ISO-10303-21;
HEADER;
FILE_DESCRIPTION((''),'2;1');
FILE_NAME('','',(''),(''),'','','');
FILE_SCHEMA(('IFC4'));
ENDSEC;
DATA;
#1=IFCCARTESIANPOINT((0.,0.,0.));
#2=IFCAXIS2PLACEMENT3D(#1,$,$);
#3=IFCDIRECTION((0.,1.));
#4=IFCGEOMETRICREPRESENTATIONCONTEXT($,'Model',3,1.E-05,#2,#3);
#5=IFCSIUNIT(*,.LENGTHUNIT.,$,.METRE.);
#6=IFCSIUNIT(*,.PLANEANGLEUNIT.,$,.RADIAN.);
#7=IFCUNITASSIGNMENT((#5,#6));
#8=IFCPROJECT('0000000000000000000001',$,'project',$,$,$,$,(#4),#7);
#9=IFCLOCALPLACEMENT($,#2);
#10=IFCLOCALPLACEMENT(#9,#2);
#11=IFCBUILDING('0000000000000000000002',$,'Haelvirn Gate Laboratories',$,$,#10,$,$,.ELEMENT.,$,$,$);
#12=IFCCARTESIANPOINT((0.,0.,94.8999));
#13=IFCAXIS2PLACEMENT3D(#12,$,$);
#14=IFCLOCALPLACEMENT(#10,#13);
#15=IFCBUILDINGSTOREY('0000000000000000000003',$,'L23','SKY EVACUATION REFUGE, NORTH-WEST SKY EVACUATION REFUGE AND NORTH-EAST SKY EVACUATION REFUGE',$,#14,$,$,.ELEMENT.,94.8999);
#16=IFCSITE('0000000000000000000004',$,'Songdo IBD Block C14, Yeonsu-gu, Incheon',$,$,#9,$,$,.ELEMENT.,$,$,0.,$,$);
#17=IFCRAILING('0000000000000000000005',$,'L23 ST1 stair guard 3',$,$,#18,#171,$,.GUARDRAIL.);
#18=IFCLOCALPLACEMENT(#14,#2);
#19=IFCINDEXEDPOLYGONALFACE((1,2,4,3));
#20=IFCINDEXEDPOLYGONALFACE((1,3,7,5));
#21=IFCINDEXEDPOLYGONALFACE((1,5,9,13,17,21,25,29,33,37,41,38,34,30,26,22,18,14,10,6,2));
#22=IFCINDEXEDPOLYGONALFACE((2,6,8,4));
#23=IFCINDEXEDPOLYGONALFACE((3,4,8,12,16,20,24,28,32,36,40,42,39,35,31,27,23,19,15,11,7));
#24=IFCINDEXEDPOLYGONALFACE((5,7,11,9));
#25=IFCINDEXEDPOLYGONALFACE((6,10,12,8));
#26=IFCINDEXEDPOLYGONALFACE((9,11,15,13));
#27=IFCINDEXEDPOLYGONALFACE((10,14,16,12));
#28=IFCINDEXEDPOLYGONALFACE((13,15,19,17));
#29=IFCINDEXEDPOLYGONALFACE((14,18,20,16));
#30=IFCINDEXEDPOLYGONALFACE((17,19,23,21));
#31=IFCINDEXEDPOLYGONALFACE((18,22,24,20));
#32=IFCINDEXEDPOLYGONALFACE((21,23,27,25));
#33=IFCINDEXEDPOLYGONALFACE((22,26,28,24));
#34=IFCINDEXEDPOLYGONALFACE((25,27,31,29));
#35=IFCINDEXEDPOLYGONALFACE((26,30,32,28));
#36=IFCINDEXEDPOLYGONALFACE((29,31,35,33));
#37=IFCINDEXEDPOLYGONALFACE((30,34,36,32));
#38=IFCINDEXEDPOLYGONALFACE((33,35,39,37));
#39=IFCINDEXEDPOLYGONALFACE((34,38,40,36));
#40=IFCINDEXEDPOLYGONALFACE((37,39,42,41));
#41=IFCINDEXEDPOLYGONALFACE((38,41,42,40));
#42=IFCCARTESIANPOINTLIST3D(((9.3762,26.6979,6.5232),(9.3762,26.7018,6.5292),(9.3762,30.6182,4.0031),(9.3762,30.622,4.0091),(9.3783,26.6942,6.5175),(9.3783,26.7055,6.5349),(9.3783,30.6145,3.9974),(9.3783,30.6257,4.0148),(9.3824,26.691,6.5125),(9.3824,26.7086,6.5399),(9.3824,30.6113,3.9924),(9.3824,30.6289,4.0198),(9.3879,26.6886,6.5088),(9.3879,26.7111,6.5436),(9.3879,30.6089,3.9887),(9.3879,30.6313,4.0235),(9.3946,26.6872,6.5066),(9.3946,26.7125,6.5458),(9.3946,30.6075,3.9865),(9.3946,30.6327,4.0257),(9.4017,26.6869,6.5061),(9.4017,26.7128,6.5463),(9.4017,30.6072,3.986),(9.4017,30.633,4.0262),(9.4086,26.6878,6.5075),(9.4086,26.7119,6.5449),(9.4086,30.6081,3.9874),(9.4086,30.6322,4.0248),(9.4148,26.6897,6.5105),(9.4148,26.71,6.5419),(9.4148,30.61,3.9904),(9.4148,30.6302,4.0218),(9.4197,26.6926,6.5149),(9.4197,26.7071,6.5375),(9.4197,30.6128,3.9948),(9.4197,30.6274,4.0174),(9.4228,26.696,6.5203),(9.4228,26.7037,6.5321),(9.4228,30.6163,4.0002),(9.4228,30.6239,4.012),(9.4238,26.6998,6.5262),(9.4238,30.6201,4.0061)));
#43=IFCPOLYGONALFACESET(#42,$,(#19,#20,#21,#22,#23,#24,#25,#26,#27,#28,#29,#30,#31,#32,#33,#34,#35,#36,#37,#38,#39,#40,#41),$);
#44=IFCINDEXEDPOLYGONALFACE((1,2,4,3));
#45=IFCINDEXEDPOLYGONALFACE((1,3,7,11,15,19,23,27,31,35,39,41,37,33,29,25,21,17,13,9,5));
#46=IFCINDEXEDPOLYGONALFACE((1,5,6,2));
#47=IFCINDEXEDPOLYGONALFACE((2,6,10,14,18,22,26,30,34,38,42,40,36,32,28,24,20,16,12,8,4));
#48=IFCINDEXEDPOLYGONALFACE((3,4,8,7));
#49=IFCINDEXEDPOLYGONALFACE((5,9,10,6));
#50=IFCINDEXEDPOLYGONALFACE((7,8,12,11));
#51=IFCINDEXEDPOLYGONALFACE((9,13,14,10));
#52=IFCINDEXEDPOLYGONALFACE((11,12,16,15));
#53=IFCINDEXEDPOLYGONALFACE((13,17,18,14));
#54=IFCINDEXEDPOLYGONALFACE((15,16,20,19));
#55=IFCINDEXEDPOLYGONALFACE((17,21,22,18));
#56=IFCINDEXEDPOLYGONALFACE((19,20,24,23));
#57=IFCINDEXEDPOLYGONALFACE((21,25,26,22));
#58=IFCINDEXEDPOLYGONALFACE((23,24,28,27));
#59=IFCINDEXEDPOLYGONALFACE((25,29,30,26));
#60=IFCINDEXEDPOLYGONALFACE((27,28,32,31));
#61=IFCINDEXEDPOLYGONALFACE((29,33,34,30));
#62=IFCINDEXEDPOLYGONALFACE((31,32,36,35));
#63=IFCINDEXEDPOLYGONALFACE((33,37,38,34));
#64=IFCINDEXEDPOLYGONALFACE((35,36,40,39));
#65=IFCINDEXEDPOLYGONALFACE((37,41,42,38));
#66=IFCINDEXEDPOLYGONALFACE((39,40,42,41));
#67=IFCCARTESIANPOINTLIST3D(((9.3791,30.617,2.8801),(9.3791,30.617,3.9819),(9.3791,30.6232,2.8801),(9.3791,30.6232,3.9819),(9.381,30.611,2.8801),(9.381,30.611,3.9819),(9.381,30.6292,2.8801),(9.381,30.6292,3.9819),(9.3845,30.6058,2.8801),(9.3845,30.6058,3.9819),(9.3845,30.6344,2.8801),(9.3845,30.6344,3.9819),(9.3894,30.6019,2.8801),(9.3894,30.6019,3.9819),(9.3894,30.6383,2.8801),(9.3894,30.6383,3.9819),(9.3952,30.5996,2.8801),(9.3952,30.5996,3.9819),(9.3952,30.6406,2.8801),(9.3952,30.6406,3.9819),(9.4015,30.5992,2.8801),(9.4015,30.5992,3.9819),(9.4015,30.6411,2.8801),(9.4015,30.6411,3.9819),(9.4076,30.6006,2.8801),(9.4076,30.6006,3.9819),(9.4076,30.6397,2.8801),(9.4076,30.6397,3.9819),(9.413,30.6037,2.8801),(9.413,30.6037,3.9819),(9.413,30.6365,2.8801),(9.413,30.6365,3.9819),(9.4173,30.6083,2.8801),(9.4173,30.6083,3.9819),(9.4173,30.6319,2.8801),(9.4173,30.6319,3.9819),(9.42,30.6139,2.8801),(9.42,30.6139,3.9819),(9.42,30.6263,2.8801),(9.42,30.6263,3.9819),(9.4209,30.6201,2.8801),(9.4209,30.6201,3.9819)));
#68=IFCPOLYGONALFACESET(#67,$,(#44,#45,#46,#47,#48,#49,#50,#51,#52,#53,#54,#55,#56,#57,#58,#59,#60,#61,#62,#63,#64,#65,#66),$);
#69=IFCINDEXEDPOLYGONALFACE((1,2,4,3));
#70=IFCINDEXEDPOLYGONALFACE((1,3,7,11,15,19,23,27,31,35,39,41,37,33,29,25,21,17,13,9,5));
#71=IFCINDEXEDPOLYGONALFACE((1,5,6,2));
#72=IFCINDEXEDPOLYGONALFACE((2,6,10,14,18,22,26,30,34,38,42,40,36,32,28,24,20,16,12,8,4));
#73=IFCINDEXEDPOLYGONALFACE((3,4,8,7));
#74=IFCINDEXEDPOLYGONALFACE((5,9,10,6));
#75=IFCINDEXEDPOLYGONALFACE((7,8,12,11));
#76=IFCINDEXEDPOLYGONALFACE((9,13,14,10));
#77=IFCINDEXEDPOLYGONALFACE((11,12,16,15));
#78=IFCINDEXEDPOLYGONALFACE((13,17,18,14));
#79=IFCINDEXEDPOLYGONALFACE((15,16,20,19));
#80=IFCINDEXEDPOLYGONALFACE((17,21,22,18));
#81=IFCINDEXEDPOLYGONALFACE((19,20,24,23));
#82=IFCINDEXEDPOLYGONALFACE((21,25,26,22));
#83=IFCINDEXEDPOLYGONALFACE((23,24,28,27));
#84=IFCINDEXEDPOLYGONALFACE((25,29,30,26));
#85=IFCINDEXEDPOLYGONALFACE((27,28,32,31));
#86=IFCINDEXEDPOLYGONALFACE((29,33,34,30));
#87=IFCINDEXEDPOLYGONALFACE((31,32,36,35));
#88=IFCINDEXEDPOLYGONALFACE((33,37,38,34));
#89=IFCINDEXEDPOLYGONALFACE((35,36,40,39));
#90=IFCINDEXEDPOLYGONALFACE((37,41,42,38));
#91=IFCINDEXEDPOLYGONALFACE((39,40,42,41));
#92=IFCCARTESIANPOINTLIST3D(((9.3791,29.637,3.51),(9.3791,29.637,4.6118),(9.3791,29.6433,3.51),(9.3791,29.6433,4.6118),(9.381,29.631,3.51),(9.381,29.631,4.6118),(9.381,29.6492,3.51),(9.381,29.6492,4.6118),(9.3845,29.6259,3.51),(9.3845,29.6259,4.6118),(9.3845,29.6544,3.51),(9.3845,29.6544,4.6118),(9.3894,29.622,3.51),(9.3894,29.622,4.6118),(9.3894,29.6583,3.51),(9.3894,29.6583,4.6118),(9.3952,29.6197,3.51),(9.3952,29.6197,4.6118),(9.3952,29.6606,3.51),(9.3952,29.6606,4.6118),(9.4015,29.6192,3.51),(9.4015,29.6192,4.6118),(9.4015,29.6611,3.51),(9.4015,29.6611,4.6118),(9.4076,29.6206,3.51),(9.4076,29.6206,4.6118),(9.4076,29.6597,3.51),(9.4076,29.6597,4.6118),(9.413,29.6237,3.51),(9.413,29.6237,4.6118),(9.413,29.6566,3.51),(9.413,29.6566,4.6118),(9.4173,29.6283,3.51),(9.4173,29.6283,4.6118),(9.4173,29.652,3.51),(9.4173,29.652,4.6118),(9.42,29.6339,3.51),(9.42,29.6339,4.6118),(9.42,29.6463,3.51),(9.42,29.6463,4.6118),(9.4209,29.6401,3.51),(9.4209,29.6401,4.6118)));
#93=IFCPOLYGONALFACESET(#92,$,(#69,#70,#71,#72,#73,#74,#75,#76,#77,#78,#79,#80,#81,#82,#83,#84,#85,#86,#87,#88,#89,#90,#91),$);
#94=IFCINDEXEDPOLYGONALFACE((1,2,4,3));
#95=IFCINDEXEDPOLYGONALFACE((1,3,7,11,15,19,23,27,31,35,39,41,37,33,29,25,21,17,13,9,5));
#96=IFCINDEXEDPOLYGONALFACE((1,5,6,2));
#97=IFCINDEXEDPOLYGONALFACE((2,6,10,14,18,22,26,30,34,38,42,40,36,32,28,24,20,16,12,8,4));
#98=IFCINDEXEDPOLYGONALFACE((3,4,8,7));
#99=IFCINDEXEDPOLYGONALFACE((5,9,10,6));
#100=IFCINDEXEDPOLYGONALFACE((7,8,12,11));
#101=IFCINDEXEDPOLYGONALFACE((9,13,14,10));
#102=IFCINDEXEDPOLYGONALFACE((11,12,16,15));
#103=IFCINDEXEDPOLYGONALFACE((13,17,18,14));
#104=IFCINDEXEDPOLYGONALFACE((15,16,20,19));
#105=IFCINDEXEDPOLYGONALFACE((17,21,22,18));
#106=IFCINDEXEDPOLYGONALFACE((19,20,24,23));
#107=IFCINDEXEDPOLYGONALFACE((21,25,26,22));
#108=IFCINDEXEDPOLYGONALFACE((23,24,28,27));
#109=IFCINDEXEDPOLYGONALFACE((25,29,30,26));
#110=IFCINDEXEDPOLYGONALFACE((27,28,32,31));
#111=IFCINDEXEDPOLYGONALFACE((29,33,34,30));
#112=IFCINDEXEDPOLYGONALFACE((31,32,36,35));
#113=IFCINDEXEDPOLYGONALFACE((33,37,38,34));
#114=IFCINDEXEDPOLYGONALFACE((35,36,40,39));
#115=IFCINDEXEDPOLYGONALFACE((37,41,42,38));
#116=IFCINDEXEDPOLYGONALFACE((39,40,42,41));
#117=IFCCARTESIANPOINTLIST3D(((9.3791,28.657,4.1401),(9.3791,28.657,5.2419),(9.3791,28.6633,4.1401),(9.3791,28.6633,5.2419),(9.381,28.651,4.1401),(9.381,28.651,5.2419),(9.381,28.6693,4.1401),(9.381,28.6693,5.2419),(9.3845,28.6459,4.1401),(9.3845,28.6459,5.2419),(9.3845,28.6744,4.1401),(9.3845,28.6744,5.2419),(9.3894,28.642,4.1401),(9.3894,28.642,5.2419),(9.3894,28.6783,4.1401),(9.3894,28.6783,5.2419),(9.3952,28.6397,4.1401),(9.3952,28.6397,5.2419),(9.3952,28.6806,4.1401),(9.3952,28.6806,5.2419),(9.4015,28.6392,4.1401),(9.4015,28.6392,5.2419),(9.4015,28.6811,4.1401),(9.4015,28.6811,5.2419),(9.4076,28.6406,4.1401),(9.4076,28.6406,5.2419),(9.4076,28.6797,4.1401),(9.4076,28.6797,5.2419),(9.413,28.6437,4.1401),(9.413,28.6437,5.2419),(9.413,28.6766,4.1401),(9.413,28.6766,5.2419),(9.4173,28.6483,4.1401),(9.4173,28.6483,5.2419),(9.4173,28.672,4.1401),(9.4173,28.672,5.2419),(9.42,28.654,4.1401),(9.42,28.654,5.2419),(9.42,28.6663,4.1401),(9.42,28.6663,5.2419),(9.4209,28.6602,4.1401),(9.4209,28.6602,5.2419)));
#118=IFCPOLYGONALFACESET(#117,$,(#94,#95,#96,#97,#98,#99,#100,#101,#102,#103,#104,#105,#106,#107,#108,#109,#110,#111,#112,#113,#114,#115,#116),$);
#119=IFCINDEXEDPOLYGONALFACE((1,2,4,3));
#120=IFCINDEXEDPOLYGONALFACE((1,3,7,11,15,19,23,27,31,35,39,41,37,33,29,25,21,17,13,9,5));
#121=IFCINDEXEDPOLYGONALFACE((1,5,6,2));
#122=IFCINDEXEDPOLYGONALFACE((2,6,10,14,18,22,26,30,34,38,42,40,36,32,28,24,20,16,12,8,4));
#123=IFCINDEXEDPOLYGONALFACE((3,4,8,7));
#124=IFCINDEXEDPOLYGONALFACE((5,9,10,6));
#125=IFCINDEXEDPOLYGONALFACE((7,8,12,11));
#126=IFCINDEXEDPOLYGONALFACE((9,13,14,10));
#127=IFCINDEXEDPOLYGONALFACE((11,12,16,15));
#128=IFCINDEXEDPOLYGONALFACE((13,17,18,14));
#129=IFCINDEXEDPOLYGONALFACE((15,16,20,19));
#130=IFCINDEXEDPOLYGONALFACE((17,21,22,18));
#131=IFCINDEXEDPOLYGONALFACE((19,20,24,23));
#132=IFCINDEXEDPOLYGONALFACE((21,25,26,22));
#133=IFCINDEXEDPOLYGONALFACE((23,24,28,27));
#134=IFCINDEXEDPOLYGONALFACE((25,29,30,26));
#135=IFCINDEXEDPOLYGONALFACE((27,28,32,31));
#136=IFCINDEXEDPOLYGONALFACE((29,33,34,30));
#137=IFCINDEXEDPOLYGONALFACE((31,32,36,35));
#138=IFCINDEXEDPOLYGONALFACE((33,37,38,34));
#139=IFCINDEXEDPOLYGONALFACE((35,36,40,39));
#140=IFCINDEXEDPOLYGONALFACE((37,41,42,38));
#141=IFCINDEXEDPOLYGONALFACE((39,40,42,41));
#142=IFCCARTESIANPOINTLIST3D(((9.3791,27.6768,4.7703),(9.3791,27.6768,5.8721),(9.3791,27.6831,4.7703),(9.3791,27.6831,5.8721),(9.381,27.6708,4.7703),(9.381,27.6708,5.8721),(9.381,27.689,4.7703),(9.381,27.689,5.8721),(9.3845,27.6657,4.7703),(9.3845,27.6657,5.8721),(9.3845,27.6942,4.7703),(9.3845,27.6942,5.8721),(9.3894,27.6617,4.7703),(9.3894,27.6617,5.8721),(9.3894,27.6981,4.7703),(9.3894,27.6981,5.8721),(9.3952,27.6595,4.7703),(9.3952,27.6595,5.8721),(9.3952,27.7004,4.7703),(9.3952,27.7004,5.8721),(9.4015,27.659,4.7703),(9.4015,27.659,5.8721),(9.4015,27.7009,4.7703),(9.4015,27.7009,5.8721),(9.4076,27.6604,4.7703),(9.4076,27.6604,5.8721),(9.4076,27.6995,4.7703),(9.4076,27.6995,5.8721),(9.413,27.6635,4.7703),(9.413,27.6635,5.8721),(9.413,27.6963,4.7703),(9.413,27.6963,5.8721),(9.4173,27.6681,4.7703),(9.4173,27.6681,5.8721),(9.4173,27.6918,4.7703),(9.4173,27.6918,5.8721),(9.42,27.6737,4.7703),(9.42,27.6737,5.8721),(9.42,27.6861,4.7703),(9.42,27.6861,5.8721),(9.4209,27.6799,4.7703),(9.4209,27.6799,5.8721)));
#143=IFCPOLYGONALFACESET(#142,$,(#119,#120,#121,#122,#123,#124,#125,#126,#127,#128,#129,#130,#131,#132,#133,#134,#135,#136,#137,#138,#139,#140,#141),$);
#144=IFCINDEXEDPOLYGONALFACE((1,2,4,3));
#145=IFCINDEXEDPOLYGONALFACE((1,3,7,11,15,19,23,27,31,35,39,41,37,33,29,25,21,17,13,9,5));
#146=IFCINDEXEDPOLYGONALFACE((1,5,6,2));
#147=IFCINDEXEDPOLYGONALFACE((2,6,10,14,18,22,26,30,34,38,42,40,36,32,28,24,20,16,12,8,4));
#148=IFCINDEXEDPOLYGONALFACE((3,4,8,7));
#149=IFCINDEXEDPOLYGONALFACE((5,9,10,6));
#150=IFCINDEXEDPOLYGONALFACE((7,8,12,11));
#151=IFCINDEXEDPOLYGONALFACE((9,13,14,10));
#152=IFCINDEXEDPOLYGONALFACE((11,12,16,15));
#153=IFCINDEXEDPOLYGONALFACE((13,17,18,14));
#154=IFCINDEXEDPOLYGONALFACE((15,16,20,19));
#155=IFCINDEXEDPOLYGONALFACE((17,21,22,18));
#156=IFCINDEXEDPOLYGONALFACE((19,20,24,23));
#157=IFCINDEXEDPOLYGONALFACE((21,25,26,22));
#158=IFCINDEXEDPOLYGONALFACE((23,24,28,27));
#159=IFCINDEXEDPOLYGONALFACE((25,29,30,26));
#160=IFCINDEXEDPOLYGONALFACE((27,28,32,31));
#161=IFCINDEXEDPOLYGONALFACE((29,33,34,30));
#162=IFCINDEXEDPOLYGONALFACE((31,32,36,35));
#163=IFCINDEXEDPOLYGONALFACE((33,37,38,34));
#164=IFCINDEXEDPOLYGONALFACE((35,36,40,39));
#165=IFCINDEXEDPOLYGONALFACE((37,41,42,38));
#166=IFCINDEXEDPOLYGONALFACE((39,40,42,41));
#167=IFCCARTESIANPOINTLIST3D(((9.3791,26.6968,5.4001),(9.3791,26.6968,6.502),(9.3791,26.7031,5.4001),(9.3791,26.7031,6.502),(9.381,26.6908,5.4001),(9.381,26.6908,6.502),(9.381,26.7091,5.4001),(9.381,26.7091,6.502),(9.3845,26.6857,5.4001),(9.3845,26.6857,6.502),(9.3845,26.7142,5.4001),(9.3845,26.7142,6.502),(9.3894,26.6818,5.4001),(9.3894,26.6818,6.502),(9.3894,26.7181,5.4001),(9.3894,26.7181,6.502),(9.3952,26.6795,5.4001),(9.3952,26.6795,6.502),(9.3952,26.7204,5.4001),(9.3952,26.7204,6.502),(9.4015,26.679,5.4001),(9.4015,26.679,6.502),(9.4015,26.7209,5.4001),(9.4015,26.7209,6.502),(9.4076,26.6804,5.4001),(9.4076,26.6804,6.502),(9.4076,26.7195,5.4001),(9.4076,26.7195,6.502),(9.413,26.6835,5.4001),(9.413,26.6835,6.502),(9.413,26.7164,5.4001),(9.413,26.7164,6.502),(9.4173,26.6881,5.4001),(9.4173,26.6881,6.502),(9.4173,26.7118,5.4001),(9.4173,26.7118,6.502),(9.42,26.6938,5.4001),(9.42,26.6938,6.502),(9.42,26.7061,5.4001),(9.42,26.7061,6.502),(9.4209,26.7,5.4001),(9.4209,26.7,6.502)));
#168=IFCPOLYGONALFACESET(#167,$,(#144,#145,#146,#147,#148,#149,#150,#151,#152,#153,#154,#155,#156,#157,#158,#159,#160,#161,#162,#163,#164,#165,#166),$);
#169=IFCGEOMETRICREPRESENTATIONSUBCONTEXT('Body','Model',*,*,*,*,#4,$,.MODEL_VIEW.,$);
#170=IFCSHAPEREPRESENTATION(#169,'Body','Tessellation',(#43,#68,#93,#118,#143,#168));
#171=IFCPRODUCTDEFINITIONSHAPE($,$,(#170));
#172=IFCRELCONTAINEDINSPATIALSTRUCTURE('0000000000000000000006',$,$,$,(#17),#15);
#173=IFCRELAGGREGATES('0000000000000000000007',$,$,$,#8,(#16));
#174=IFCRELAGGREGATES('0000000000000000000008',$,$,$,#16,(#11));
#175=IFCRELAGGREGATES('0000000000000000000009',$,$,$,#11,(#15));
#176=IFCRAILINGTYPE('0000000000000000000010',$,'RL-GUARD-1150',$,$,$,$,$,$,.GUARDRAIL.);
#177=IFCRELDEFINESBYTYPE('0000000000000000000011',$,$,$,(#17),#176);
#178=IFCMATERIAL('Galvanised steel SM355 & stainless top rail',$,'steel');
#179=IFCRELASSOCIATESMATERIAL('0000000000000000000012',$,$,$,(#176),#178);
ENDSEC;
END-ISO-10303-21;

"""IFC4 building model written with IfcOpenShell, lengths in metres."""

from ifc_helpers import new_model, si_unit, direction, frame, origin, origin_2d, place, context, subcontext, project, spatial, circle, extrude, source, transform, mapped, material, type_object, element, save


model = new_model("IFC4")

# Units and contexts
model_context = context("Model", 3, precision=1e-05, world=origin(), true_north=direction((0.0, 1.0)))
body_context = subcontext(model_context, "Body", "Model", "MODEL_VIEW")
ifc_project = project(units=[si_unit("LENGTHUNIT", "METRE"), si_unit("PLANEANGLEUNIT", "RADIAN")], contexts=[model_context])

# Site, building, storey
site_placement = place(None, origin())
site = spatial("IfcSite", under=ifc_project, at=site_placement, Name="Songdo IBD Block C14, Yeonsu-gu, Incheon", CompositionType="ELEMENT", RefElevation=0.0)
building_placement = place(site_placement, origin())
building = spatial("IfcBuilding", under=site, at=building_placement, Name="Haelvirn Gate Laboratories", CompositionType="ELEMENT")
storey_placement = place(building_placement, frame((0.0, 0.0, 94.8999)))
storey = spatial("IfcBuildingStorey", under=building, at=storey_placement, Name="L23", Description="SKY EVACUATION REFUGE, NORTH-WEST SKY EVACUATION REFUGE AND NORTH-EAST SKY EVACUATION REFUGE", CompositionType="ELEMENT", Elevation=94.8999)

# Railing
ifc_material_1 = material(Name="Galvanised steel SM355 & stainless top rail", Category="steel")
railing_type_1 = type_object("IfcRailingType", Name="RL-GUARD-1150", PredefinedType="GUARDRAIL", material=ifc_material_1)
shared_shape_1 = source(origin(), body_context, "Body", "SweptSolid", [
    extrude(circle(Radius=0.0239, at=origin_2d()), frame((0.0, 0.0, 1.126), z_axis=(0.0, -0.841187, 0.540744), x_axis=(1.0, 0.0, 0.0)), (0.0, 0.0, 1.0), 4.6604),
    extrude(circle(Radius=0.021, at=origin_2d()), origin(), (0.0, 0.0, 1.0), 1.1018),
    extrude(circle(Radius=0.021, at=origin_2d()), frame((0.0, -0.98, 0.6299)), (0.0, 0.0, 1.0), 1.1018),
    extrude(circle(Radius=0.021, at=origin_2d()), frame((0.0, -1.96, 1.26)), (0.0, 0.0, 1.0), 1.1018),
    extrude(circle(Radius=0.021, at=origin_2d()), frame((0.0, -2.9402, 1.8901)), (0.0, 0.0, 1.0), 1.1018),
    extrude(circle(Radius=0.021, at=origin_2d()), frame((0.0, -3.9202, 2.52)), (0.0, 0.0, 1.0), 1.1018),
])
railing_1_placement = place(storey_placement, frame((9.3999, 30.6201, 2.8801)))
element("IfcRailing", 1, at=railing_1_placement, inside=storey, type_object=railing_type_1, Name="L23 ST1 stair guard 3", PredefinedType="GUARDRAIL", context=body_context, shape_type="MappedRepresentation", body=[
    mapped(shared_shape_1, transform((0.0, 0.0, 0.0), scale=1.0)),
])

save(model, "model.ifc")
